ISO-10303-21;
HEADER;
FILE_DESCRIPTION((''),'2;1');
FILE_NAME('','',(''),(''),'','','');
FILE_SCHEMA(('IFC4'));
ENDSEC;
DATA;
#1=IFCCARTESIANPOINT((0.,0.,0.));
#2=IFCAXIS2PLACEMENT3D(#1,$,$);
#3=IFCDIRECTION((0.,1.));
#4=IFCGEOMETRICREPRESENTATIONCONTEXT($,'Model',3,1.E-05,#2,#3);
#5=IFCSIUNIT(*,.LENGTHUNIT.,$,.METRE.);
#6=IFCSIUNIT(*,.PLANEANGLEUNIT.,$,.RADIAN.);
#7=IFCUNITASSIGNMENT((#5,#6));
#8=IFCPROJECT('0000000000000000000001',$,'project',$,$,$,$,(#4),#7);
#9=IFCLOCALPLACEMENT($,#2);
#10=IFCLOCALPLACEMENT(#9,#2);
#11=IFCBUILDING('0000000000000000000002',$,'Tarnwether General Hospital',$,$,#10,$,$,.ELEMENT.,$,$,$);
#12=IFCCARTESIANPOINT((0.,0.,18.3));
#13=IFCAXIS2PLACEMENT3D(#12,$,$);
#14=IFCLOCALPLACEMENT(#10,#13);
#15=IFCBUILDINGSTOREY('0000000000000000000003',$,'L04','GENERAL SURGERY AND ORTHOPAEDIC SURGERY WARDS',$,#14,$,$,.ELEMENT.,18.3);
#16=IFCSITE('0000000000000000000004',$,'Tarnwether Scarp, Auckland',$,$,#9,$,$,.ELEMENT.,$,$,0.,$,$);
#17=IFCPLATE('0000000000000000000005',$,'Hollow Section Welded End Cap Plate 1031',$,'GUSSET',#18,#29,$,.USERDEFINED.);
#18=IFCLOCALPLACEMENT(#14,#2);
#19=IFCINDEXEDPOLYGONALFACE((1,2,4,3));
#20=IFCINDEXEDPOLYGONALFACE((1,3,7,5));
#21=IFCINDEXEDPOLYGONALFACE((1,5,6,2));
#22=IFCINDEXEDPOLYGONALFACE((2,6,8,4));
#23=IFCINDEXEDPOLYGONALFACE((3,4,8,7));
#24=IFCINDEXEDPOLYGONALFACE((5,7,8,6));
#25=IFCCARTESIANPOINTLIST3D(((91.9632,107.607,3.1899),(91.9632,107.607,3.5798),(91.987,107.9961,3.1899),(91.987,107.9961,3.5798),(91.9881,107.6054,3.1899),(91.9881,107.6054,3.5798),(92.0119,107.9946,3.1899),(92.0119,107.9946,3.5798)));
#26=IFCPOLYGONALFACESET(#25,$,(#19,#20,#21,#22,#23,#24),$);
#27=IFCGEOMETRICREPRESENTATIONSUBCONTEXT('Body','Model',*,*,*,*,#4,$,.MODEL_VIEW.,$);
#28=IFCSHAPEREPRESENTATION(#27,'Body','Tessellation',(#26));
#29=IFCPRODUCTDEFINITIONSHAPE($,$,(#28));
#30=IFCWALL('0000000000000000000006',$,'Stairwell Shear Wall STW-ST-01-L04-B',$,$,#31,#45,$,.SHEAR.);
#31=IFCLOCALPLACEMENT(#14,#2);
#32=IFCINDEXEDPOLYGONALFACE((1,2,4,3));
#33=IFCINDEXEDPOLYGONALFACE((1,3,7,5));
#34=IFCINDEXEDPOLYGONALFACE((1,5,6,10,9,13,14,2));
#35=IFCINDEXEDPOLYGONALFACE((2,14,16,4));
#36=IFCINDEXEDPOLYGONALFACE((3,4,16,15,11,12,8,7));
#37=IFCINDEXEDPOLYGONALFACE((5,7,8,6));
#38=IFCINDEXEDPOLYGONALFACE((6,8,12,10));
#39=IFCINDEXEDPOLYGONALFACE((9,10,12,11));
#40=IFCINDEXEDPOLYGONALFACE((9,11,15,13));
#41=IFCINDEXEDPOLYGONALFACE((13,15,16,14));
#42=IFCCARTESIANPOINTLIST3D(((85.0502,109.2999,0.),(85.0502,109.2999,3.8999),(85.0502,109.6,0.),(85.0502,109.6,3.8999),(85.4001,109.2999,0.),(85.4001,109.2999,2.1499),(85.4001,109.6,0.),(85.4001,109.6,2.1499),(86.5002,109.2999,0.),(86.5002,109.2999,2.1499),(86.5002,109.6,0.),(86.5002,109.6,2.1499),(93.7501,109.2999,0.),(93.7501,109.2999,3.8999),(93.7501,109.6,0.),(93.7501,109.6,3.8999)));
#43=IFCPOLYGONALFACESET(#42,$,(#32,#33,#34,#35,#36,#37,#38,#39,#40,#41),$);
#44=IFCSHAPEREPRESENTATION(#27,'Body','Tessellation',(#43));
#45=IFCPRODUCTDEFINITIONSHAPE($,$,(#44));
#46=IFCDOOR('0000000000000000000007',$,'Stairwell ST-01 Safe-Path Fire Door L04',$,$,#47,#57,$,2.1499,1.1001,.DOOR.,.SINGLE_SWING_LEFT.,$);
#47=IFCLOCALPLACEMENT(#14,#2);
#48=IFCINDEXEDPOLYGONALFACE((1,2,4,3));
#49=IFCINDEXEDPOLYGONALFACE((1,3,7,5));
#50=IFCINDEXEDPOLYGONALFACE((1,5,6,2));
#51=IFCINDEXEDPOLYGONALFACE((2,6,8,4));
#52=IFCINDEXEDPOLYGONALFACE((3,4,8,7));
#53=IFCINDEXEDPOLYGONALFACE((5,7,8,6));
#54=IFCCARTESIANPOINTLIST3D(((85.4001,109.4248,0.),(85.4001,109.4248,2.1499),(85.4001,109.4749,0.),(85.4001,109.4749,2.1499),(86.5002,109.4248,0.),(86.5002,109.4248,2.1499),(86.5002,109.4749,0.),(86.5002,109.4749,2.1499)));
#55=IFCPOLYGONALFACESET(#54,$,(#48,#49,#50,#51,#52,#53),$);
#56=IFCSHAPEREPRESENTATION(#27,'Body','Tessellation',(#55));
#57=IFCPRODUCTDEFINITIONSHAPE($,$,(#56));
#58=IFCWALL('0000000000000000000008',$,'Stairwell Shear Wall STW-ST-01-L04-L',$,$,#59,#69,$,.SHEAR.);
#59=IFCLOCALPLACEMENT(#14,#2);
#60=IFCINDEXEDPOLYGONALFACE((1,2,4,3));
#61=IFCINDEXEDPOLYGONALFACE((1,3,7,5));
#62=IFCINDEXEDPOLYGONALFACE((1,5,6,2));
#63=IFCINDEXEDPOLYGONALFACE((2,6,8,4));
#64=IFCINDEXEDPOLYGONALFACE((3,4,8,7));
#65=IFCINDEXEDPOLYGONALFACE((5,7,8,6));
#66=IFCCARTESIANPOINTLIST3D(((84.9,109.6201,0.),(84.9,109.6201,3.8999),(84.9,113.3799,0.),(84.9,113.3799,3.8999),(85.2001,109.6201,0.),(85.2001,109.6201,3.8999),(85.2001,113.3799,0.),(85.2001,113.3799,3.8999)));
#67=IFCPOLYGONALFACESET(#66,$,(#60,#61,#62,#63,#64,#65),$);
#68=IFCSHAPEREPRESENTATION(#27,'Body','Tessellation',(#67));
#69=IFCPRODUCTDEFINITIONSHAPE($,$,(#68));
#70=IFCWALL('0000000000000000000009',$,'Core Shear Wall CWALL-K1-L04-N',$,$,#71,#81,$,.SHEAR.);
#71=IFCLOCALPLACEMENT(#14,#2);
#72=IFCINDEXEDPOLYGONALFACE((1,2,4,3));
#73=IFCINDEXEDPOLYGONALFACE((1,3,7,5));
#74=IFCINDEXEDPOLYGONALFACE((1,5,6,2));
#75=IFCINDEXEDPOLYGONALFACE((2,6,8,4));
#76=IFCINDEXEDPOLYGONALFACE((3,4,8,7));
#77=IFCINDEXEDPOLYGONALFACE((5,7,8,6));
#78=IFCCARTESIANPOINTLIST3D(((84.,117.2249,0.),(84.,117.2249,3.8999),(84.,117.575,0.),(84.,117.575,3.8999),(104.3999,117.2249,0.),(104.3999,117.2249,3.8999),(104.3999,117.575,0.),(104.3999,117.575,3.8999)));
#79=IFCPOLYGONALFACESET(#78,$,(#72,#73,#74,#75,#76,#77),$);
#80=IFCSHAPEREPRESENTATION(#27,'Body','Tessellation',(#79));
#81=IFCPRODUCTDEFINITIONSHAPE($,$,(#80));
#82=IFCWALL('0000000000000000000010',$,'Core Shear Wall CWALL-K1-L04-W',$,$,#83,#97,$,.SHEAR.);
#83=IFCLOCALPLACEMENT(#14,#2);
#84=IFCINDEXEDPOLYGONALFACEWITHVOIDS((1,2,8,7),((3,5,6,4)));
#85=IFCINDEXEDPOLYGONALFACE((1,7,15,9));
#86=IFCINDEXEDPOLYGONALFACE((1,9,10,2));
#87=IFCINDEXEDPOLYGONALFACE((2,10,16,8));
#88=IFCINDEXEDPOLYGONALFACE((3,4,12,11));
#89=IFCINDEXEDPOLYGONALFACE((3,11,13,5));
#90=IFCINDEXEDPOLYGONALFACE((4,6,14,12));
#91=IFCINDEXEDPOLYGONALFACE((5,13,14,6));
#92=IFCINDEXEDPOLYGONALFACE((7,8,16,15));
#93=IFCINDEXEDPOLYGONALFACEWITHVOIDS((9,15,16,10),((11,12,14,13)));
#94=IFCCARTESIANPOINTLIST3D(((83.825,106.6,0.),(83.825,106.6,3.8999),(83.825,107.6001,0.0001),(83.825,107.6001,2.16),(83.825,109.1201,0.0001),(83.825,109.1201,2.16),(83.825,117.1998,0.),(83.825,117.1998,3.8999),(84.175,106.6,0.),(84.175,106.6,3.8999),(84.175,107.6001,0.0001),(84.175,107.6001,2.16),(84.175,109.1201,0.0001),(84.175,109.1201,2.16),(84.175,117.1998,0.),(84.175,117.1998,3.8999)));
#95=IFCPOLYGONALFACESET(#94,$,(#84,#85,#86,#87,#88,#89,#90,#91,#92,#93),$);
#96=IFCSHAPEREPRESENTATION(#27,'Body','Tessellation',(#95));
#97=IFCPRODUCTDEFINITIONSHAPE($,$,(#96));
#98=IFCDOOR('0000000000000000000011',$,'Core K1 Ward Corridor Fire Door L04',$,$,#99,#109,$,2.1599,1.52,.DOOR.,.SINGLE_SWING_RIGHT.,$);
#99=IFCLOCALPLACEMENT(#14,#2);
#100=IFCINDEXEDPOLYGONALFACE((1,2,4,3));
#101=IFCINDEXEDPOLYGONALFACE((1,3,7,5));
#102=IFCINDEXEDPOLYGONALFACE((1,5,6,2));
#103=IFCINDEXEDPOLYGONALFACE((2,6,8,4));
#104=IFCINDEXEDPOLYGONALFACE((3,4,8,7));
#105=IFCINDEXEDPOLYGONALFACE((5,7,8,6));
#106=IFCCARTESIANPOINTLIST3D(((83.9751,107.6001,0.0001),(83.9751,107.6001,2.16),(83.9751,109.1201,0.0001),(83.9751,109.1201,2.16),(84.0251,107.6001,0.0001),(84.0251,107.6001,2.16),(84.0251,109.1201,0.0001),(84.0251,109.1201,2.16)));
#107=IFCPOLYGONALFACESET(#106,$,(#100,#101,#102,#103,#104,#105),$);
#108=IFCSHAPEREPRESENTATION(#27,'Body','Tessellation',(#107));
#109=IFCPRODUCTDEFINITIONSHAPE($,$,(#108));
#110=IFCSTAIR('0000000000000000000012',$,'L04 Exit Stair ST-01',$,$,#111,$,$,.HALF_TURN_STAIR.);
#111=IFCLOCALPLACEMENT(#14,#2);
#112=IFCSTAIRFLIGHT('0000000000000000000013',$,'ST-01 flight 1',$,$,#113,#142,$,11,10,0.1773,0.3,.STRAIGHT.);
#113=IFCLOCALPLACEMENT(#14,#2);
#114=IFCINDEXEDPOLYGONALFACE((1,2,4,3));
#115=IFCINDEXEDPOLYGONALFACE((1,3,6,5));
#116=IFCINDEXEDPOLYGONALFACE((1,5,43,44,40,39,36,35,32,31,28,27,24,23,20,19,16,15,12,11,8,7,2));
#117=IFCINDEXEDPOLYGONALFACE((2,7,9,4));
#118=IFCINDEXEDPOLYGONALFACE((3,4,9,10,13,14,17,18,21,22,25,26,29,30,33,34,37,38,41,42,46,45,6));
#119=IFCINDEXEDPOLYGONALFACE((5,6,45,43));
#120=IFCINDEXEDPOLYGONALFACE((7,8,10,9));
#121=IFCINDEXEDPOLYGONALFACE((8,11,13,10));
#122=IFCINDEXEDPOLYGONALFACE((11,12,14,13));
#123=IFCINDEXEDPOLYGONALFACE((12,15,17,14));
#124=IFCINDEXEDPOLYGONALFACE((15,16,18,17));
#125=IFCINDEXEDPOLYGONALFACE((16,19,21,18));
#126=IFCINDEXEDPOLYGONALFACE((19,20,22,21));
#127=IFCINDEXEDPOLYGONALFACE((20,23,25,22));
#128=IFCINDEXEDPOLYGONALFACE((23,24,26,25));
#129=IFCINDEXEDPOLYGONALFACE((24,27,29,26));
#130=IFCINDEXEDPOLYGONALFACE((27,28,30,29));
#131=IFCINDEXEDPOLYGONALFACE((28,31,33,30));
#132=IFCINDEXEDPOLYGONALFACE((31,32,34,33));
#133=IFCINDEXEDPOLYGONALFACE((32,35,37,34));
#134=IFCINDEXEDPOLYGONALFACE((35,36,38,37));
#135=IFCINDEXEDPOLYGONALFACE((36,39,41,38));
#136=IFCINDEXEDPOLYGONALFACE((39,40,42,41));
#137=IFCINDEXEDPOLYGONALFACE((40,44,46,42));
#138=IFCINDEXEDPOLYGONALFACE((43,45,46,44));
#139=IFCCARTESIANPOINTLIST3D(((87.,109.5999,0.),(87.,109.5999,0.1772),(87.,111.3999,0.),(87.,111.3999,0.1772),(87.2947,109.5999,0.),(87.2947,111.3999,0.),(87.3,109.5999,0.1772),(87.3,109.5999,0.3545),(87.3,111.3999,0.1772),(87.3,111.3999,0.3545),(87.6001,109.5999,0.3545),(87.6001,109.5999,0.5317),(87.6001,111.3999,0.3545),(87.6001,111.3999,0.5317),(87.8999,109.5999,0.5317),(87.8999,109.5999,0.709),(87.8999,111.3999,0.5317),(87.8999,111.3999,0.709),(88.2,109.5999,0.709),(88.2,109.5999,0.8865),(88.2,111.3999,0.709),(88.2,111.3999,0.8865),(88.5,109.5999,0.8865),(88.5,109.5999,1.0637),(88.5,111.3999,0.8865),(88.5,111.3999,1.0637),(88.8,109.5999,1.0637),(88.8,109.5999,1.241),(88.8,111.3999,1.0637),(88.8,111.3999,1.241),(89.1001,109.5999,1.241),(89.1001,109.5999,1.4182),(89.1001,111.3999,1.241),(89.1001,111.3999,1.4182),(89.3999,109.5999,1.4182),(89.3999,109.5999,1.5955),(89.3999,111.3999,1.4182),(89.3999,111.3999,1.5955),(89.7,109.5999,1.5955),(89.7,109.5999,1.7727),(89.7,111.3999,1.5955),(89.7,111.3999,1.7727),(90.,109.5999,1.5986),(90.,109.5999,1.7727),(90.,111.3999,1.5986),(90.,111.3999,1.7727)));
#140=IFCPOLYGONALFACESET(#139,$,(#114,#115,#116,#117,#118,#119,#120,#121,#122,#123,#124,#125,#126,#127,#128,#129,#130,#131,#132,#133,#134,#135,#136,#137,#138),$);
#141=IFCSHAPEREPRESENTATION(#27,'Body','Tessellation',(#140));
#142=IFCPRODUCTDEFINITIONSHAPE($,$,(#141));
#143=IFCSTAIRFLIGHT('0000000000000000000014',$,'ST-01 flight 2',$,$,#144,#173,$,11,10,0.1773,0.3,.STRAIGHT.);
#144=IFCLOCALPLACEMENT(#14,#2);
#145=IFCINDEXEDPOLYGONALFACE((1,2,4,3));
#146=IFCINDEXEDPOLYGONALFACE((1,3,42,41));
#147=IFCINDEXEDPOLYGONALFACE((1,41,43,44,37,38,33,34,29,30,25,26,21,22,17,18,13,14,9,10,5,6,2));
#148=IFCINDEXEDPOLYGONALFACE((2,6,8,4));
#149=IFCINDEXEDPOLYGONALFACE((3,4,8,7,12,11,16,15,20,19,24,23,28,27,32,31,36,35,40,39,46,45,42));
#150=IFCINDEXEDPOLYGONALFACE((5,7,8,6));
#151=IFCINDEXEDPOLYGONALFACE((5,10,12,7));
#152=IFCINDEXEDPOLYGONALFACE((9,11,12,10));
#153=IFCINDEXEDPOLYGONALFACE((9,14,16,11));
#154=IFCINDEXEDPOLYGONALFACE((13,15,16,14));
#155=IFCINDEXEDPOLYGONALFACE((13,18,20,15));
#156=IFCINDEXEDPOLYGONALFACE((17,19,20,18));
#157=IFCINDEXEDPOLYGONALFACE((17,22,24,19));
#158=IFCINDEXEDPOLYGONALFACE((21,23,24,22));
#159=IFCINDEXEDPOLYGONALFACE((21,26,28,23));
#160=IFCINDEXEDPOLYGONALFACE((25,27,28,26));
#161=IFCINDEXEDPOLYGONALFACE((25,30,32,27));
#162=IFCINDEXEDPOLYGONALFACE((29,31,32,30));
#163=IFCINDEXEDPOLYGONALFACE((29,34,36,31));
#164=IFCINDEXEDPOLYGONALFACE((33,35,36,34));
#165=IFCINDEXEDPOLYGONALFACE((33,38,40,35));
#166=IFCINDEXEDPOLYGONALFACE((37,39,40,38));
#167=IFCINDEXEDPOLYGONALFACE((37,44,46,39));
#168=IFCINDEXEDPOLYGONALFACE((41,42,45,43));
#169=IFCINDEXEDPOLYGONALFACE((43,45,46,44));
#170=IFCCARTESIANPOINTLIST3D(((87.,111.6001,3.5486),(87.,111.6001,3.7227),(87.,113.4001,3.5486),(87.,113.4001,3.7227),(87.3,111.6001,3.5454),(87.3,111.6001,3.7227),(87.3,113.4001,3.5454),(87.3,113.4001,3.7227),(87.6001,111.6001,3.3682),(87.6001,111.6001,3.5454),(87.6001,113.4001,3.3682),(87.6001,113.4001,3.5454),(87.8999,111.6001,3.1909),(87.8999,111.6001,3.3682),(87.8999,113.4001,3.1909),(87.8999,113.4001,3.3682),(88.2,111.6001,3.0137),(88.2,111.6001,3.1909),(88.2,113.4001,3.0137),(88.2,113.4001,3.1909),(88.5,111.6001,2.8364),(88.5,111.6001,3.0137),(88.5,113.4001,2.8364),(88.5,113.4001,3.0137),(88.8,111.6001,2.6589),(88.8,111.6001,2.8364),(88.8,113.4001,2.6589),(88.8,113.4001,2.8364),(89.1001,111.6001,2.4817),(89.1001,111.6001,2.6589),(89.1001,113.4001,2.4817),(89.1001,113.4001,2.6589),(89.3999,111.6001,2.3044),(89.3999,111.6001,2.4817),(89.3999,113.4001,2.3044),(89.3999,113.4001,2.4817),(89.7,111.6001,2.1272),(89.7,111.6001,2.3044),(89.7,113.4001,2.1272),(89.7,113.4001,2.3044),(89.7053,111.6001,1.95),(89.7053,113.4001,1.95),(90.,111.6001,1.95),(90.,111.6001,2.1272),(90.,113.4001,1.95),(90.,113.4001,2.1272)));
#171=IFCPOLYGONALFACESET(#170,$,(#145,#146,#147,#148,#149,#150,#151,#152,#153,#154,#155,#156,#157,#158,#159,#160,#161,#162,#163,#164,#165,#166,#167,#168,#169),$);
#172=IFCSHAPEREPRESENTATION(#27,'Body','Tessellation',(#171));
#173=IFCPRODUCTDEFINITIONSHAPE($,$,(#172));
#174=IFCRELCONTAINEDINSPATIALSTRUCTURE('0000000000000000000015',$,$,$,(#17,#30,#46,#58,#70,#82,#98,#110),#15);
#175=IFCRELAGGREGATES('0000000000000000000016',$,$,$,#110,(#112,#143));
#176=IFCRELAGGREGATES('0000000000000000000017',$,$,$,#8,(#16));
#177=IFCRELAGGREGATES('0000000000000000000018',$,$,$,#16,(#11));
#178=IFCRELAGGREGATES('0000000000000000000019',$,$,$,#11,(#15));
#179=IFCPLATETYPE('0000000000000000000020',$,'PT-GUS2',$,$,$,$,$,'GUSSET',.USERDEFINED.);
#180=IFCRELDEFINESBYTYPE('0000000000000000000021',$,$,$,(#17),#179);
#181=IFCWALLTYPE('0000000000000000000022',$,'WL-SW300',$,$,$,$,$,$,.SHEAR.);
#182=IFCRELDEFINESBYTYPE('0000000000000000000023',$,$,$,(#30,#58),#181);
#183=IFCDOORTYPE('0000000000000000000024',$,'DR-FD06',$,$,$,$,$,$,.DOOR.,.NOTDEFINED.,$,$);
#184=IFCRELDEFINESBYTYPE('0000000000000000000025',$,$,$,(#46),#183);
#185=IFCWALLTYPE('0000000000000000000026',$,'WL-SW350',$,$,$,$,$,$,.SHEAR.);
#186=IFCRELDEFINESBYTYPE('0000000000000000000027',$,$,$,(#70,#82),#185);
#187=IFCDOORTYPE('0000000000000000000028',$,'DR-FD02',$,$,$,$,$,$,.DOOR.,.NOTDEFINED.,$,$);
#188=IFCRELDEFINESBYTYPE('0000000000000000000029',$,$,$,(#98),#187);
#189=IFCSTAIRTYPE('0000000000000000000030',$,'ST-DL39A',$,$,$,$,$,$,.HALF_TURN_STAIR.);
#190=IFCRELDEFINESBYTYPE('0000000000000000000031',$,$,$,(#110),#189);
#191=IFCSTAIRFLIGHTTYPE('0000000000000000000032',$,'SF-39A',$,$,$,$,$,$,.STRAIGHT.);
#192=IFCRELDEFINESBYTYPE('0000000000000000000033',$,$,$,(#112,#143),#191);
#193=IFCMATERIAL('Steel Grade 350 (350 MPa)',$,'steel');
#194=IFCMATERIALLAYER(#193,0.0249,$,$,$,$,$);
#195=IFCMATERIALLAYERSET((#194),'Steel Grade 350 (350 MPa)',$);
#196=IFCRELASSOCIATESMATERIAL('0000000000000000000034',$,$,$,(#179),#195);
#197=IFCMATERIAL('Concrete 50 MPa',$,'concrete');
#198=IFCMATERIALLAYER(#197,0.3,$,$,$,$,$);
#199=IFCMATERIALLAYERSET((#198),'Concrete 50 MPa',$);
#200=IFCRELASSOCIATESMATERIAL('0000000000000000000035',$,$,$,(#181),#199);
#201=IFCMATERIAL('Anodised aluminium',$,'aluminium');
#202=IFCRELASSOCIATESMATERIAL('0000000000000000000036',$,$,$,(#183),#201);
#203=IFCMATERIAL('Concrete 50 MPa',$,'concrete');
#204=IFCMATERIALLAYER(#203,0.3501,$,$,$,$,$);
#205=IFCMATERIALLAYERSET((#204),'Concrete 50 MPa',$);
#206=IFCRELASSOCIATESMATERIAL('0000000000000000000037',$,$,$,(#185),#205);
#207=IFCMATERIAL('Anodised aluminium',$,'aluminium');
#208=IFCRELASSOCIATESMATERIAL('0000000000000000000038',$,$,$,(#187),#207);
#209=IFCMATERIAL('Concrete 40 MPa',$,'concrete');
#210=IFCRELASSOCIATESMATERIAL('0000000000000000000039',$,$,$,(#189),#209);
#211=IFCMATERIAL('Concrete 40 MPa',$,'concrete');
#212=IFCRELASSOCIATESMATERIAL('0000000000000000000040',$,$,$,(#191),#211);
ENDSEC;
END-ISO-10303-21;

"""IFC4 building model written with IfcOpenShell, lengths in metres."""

from ifc_helpers import new_model, si_unit, direction, frame, frame_2d, origin, origin_2d, place, context, subcontext, project, spatial, polyline, rectangle, outline, extrude, material, layer, layer_set, type_object, element, fill, aggregate, save


model = new_model("IFC4")

# Units and contexts
model_context = context("Model", 3, precision=1e-05, world=origin(), true_north=direction((0.0, 1.0)))
body_context = subcontext(model_context, "Body", "Model", "MODEL_VIEW")
ifc_project = project(units=[si_unit("LENGTHUNIT", "METRE"), si_unit("PLANEANGLEUNIT", "RADIAN")], contexts=[model_context])

# Site, building, storey
site_placement = place(None, origin())
site = spatial("IfcSite", under=ifc_project, at=site_placement, Name="Tarnwether Scarp, Auckland", CompositionType="ELEMENT", RefElevation=0.0)
building_placement = place(site_placement, origin())
building = spatial("IfcBuilding", under=site, at=building_placement, Name="Tarnwether General Hospital", CompositionType="ELEMENT")
storey_placement = place(building_placement, frame((0.0, 0.0, 18.3)))
storey = spatial("IfcBuildingStorey", under=building, at=storey_placement, Name="L04", Description="GENERAL SURGERY AND ORTHOPAEDIC SURGERY WARDS", CompositionType="ELEMENT", Elevation=18.3)

# Plate
ifc_material_1 = material(Name="Steel Grade 350 (350 MPa)", Category="steel")
ifc_layer_1 = layer(ifc_material_1, 0.0249)
ifc_layer_set_1 = layer_set([ifc_layer_1], Name="Steel Grade 350 (350 MPa)")
plate_type_1 = type_object("IfcPlateType", Name="PT-GUS2", ElementType="GUSSET", PredefinedType="USERDEFINED", material=ifc_layer_set_1)
plate_1_placement = place(storey_placement, frame((91.9875, 107.8008, 3.1899), z_axis=(0.0, 0.0, 1.0), x_axis=(0.998134, -0.061066, 0.0)))
element("IfcPlate", 1, at=plate_1_placement, inside=storey, type_object=plate_type_1, Name="Hollow Section Welded End Cap Plate 1031", ObjectType="GUSSET", PredefinedType="USERDEFINED", context=body_context, shape_type="SweptSolid", body=[
    extrude(rectangle(XDim=0.0249, YDim=0.3899, at=origin_2d()), origin(), (0.0, 0.0, 1.0), 0.3899),
])

# Wall, opening, door
ifc_material_2 = material(Name="Concrete 50 MPa", Category="concrete")
ifc_layer_2 = layer(ifc_material_2, 0.3)
ifc_layer_set_2 = layer_set([ifc_layer_2], Name="Concrete 50 MPa")
wall_type_1 = type_object("IfcWallType", Name="WL-SW300", PredefinedType="SHEAR", material=ifc_layer_set_2)
wall_1_placement = place(storey_placement, frame((85.05, 109.45, 0.0), z_axis=(0.0, 0.0, 1.0), x_axis=(1.0, 0.0, 0.0)))
wall_1 = element("IfcWall", 2, at=wall_1_placement, inside=storey, type_object=wall_type_1, Name="Stairwell Shear Wall STW-ST-01-L04-B", PredefinedType="SHEAR", context=body_context, shape_type="SweptSolid", body=[
    extrude(rectangle(XDim=8.7, YDim=0.3, at=frame_2d((4.3501, 0.0))), origin(), (0.0, 0.0, 1.0), 3.8999),
])
opening_1_placement = place(wall_1_placement, frame((0.3501, 0.0, 0.0)))
opening_1 = element("IfcOpeningElement", 3, at=opening_1_placement, cuts=wall_1, PredefinedType="OPENING", context=body_context, shape_type="SweptSolid", body=[
    extrude(rectangle(XDim=1.1001, YDim=2.1499, at=frame_2d((0.55, 1.075))), frame((0.0, 0.1602, 0.0), z_axis=(0.0, -1.0, 0.0), x_axis=(1.0, 0.0, 0.0)), (0.0, 0.0, 1.0), 0.3201),
])
ifc_material_3 = material(Name="Anodised aluminium", Category="aluminium")
door_type_1 = type_object("IfcDoorType", Name="DR-FD06", OperationType="NOTDEFINED", PredefinedType="DOOR", material=ifc_material_3)
door_1_placement = place(opening_1_placement, origin())
door_1 = element("IfcDoor", 4, at=door_1_placement, inside=storey, type_object=door_type_1, Name="Stairwell ST-01 Safe-Path Fire Door L04", OperationType="SINGLE_SWING_LEFT", OverallHeight=2.1499, OverallWidth=1.1001, PredefinedType="DOOR", context=body_context, shape_type="SweptSolid", body=[
    extrude(rectangle(XDim=1.1001, YDim=2.1499, at=frame_2d((0.55, 1.075))), frame((0.0, 0.0249, 0.0), z_axis=(0.0, -1.0, 0.0), x_axis=(1.0, 0.0, 0.0)), (0.0, 0.0, 1.0), 0.05),
])
fill(opening_1, door_1)

# Walls
wall_2_placement = place(storey_placement, frame((85.05, 109.6201, 0.0), z_axis=(0.0, 0.0, 1.0), x_axis=(0.0, 1.0, 0.0)))
element("IfcWall", 5, at=wall_2_placement, inside=storey, type_object=wall_type_1, Name="Stairwell Shear Wall STW-ST-01-L04-L", PredefinedType="SHEAR", context=body_context, shape_type="SweptSolid", body=[
    extrude(rectangle(XDim=3.7598, YDim=0.3, at=frame_2d((1.8799, 0.0))), origin(), (0.0, 0.0, 1.0), 3.8999),
])
ifc_material_4 = material(Name="Concrete 50 MPa", Category="concrete")
ifc_layer_3 = layer(ifc_material_4, 0.3501)
ifc_layer_set_3 = layer_set([ifc_layer_3], Name="Concrete 50 MPa")
wall_type_2 = type_object("IfcWallType", Name="WL-SW350", PredefinedType="SHEAR", material=ifc_layer_set_3)
wall_3_placement = place(storey_placement, frame((84.0, 117.3999, 0.0), z_axis=(0.0, 0.0, 1.0), x_axis=(1.0, 0.0, 0.0)))
element("IfcWall", 6, at=wall_3_placement, inside=storey, type_object=wall_type_2, Name="Core Shear Wall CWALL-K1-L04-N", PredefinedType="SHEAR", context=body_context, shape_type="SweptSolid", body=[
    extrude(rectangle(XDim=20.3999, YDim=0.3501, at=frame_2d((10.2, 0.0))), origin(), (0.0, 0.0, 1.0), 3.8999),
])

# Wall, opening, door
wall_4_placement = place(storey_placement, frame((84.0, 106.6001, 0.0), z_axis=(0.0, 0.0, 1.0), x_axis=(0.0, 1.0, 0.0)))
wall_4 = element("IfcWall", 7, at=wall_4_placement, inside=storey, type_object=wall_type_2, Name="Core Shear Wall CWALL-K1-L04-W", PredefinedType="SHEAR", context=body_context, shape_type="SweptSolid", body=[
    extrude(rectangle(XDim=10.5999, YDim=0.3501, at=frame_2d((5.2998, 0.0))), origin(), (0.0, 0.0, 1.0), 3.8999),
])
opening_2_placement = place(wall_4_placement, frame((1.0, 0.0, 0.0)))
opening_2 = element("IfcOpeningElement", 8, at=opening_2_placement, cuts=wall_4, PredefinedType="OPENING", context=body_context, shape_type="SweptSolid", body=[
    extrude(rectangle(XDim=1.52, YDim=2.1599, at=frame_2d((0.76, 1.0801))), frame((0.0, 0.1851, 0.0), z_axis=(0.0, -1.0, 0.0), x_axis=(1.0, 0.0, 0.0)), (0.0, 0.0, 1.0), 0.3701),
])
ifc_material_5 = material(Name="Anodised aluminium", Category="aluminium")
door_type_2 = type_object("IfcDoorType", Name="DR-FD02", OperationType="NOTDEFINED", PredefinedType="DOOR", material=ifc_material_5)
door_2_placement = place(opening_2_placement, origin())
door_2 = element("IfcDoor", 9, at=door_2_placement, inside=storey, type_object=door_type_2, Name="Core K1 Ward Corridor Fire Door L04", OperationType="SINGLE_SWING_RIGHT", OverallHeight=2.1599, OverallWidth=1.52, PredefinedType="DOOR", context=body_context, shape_type="SweptSolid", body=[
    extrude(rectangle(XDim=1.52, YDim=2.1599, at=frame_2d((0.76, 1.0801))), frame((0.0, 0.0249, 0.0), z_axis=(0.0, -1.0, 0.0), x_axis=(1.0, 0.0, 0.0)), (0.0, 0.0, 1.0), 0.05),
])
fill(opening_2, door_2)

# Stair, stair flights
ifc_material_6 = material(Name="Concrete 40 MPa", Category="concrete")
stair_type = type_object("IfcStairType", Name="ST-DL39A", PredefinedType="HALF_TURN_STAIR", material=ifc_material_6)
stair_placement = place(storey_placement, origin())
stair = element("IfcStair", 10, at=stair_placement, inside=storey, type_object=stair_type, Name="L04 Exit Stair ST-01", PredefinedType="HALF_TURN_STAIR")
ifc_material_7 = material(Name="Concrete 40 MPa", Category="concrete")
stair_flight_type = type_object("IfcStairFlightType", Name="SF-39A", PredefinedType="STRAIGHT", material=ifc_material_7)
stair_flight_1_placement = place(storey_placement, frame((87.0, 110.5, 0.0), z_axis=(0.0, 0.0, 1.0), x_axis=(1.0, 0.0, 0.0)))
stair_flight_1 = element("IfcStairFlight", 11, at=stair_flight_1_placement, type_object=stair_flight_type, Name="ST-01 flight 1", NumberOfRisers=11, NumberOfTreads=10, PredefinedType="STRAIGHT", RiserHeight=0.1773, TreadLength=0.3, context=body_context, shape_type="SweptSolid", body=[
    extrude(outline(polyline([(0.0, 0.0), (0.0, 0.1772), (0.3, 0.1772), (0.3, 0.3545), (0.6001, 0.3545), (0.6001, 0.5317), (0.8999, 0.5317), (0.8999, 0.709), (1.2, 0.709), (1.2, 0.8865), (1.5, 0.8865), (1.5, 1.0637), (1.8, 1.0637), (1.8, 1.241), (2.1001, 1.241), (2.1001, 1.4182), (2.3999, 1.4182), (2.3999, 1.5955), (2.7, 1.5955), (2.7, 1.7727), (3.0, 1.7727), (3.0, 1.95), (3.0, 1.5986), (0.2947, 0.0), (0.0, 0.0)])), frame((0.0, 0.8999, 0.0), z_axis=(0.0, -1.0, 0.0), x_axis=(1.0, 0.0, 0.0)), (0.0, 0.0, 1.0), 1.8),
])
stair_flight_2_placement = place(storey_placement, frame((90.0, 112.5, 1.95), z_axis=(0.0, 0.0, 1.0), x_axis=(-1.0, 0.0, 0.0)))
stair_flight_2 = element("IfcStairFlight", 12, at=stair_flight_2_placement, type_object=stair_flight_type, Name="ST-01 flight 2", NumberOfRisers=11, NumberOfTreads=10, PredefinedType="STRAIGHT", RiserHeight=0.1773, TreadLength=0.3, context=body_context, shape_type="SweptSolid", body=[
    extrude(outline(polyline([(0.0, 0.0), (0.0, 0.1772), (0.3, 0.1772), (0.3, 0.3545), (0.6001, 0.3545), (0.6001, 0.5317), (0.8999, 0.5317), (0.8999, 0.709), (1.2, 0.709), (1.2, 0.8865), (1.5, 0.8865), (1.5, 1.0637), (1.8, 1.0637), (1.8, 1.241), (2.1001, 1.241), (2.1001, 1.4182), (2.3999, 1.4182), (2.3999, 1.5955), (2.7, 1.5955), (2.7, 1.7727), (3.0, 1.7727), (3.0, 1.95), (3.0, 1.5986), (0.2947, 0.0), (0.0, 0.0)])), frame((0.0, 0.8999, 0.0), z_axis=(0.0, -1.0, 0.0), x_axis=(1.0, 0.0, 0.0)), (0.0, 0.0, 1.0), 1.8),
])
aggregate(stair, [stair_flight_1, stair_flight_2])

save(model, "model.ifc")
